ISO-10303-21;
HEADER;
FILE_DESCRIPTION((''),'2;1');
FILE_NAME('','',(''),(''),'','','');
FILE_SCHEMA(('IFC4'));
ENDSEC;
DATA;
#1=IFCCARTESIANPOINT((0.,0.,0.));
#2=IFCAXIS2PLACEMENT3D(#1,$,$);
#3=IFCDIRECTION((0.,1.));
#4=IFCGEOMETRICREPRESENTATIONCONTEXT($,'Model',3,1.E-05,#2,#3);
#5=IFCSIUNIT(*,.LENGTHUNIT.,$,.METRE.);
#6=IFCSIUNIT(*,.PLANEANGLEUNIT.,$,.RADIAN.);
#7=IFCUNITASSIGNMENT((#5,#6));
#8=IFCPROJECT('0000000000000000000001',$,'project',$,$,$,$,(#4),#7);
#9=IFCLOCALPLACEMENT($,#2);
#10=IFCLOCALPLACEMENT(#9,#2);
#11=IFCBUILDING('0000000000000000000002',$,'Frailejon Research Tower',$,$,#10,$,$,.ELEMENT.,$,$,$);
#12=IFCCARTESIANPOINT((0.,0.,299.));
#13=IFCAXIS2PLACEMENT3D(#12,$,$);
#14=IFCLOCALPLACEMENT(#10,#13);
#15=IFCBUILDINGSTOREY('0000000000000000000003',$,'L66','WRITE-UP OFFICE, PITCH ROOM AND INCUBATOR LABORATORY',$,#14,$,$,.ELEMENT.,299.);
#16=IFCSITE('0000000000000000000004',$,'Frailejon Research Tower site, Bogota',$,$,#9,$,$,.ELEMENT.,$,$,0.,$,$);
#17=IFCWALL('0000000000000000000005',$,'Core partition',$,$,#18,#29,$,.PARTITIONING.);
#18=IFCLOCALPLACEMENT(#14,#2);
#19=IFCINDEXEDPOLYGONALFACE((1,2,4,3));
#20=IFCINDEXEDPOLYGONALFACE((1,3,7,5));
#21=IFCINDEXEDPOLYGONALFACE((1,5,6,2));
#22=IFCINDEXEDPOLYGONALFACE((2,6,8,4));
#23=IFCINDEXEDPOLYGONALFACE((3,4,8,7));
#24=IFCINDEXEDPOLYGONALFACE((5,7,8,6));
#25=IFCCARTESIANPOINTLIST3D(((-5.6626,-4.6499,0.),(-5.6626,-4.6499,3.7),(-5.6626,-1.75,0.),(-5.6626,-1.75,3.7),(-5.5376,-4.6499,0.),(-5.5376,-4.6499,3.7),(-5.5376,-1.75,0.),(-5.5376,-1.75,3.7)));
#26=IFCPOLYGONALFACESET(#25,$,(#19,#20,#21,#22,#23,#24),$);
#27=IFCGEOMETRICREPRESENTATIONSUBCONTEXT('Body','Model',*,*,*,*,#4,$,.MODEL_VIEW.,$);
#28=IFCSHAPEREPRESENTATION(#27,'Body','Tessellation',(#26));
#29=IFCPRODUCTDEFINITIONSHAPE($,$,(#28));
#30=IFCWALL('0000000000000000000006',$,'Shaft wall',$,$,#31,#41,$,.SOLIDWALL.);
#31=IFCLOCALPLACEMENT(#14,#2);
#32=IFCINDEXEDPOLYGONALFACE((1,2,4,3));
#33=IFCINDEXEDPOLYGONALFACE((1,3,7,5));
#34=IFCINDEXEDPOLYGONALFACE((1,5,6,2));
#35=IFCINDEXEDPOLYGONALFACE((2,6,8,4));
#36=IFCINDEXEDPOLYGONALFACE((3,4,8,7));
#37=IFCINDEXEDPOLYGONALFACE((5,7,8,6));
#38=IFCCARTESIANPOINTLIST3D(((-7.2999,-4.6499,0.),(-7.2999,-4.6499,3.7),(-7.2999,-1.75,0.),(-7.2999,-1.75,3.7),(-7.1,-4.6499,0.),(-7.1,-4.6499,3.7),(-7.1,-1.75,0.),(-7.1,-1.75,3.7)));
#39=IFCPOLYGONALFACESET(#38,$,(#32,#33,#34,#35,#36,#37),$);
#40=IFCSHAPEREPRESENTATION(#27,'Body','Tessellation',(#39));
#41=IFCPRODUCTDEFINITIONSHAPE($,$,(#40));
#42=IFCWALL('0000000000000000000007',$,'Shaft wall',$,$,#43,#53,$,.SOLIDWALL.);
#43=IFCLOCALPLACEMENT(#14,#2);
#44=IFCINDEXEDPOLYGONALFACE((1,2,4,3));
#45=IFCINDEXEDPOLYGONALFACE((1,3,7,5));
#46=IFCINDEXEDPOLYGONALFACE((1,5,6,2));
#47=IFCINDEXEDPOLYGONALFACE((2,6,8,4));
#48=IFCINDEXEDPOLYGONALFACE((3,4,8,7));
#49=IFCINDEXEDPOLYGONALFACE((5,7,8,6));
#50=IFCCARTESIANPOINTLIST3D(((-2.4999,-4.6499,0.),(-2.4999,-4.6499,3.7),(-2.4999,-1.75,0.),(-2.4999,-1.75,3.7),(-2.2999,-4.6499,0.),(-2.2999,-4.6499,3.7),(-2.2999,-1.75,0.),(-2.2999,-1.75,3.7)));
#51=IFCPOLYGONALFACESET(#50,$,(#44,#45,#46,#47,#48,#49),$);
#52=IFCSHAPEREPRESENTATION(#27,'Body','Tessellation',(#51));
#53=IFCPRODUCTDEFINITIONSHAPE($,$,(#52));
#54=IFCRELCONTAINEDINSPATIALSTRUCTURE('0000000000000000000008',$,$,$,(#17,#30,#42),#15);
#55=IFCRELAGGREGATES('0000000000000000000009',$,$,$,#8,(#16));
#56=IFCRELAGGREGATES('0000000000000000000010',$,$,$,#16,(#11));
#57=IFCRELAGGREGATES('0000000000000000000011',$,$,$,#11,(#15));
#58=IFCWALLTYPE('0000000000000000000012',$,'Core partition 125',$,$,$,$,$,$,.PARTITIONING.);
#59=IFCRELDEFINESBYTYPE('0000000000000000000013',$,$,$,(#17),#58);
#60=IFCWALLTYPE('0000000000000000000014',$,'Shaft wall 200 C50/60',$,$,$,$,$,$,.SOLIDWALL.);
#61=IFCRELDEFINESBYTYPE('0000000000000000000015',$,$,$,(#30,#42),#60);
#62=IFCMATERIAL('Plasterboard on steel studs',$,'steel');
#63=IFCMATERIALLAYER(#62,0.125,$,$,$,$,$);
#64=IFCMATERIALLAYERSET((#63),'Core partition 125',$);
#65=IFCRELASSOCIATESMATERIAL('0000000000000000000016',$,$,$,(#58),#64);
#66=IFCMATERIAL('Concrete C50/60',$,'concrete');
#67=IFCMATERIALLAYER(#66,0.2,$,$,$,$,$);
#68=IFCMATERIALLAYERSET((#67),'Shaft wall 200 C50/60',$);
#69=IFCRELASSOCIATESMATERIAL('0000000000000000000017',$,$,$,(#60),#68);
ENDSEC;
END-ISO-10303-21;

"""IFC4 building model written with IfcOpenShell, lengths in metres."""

from ifc_helpers import new_model, si_unit, direction, frame, frame_2d, origin, place, context, subcontext, project, spatial, rectangle, extrude, material, layer, layer_set, type_object, element, save


model = new_model("IFC4")

# Units and contexts
model_context = context("Model", 3, precision=1e-05, world=origin(), true_north=direction((0.0, 1.0)))
body_context = subcontext(model_context, "Body", "Model", "MODEL_VIEW")
ifc_project = project(units=[si_unit("LENGTHUNIT", "METRE"), si_unit("PLANEANGLEUNIT", "RADIAN")], contexts=[model_context])

# Site, building, storey
site_placement = place(None, origin())
site = spatial("IfcSite", under=ifc_project, at=site_placement, Name="Frailejon Research Tower site, Bogota", CompositionType="ELEMENT", RefElevation=0.0)
building_placement = place(site_placement, origin())
building = spatial("IfcBuilding", under=site, at=building_placement, Name="Frailejon Research Tower", CompositionType="ELEMENT")
storey_placement = place(building_placement, frame((0.0, 0.0, 299.0)))
storey = spatial("IfcBuildingStorey", under=building, at=storey_placement, Name="L66", Description="WRITE-UP OFFICE, PITCH ROOM AND INCUBATOR LABORATORY", CompositionType="ELEMENT", Elevation=299.0)

# Walls
ifc_material_1 = material(Name="Plasterboard on steel studs", Category="steel")
ifc_layer_1 = layer(ifc_material_1, 0.125)
ifc_layer_set_1 = layer_set([ifc_layer_1], Name="Core partition 125")
wall_type_1 = type_object("IfcWallType", Name="Core partition 125", PredefinedType="PARTITIONING", material=ifc_layer_set_1)
wall_1_placement = place(storey_placement, frame((-5.6001, -4.6499, 0.0), z_axis=(0.0, 0.0, 1.0), x_axis=(0.0, 1.0, 0.0)))
element("IfcWall", 1, at=wall_1_placement, inside=storey, type_object=wall_type_1, Name="Core partition", PredefinedType="PARTITIONING", context=body_context, shape_type="SweptSolid", body=[
    extrude(rectangle(XDim=2.8999, YDim=0.125, at=frame_2d((1.45, 0.0))), origin(), (0.0, 0.0, 1.0), 3.7),
])
ifc_material_2 = material(Name="Concrete C50/60", Category="concrete")
ifc_layer_2 = layer(ifc_material_2, 0.2)
ifc_layer_set_2 = layer_set([ifc_layer_2], Name="Shaft wall 200 C50/60")
wall_type_2 = type_object("IfcWallType", Name="Shaft wall 200 C50/60", PredefinedType="SOLIDWALL", material=ifc_layer_set_2)
for number, where, z_axis, x_axis, name in (
    (2, (-7.2, -4.6499, 0.0), (0.0, 0.0, 1.0), (0.0, 1.0, 0.0), "Shaft wall"),
    (3, (-2.3999, -4.6499, 0.0), (0.0, 0.0, 1.0), (0.0, 1.0, 0.0), "Shaft wall"),
):
    element("IfcWall", number, at=place(storey_placement, frame(where, z_axis=z_axis, x_axis=x_axis)), inside=storey, type_object=wall_type_2, Name=name, PredefinedType="SOLIDWALL", context=body_context, shape_type="SweptSolid", body=[
        extrude(rectangle(XDim=2.8999, YDim=0.2, at=frame_2d((1.45, 0.0))), origin(), (0.0, 0.0, 1.0), 3.7),
    ])

save(model, "model.ifc")
